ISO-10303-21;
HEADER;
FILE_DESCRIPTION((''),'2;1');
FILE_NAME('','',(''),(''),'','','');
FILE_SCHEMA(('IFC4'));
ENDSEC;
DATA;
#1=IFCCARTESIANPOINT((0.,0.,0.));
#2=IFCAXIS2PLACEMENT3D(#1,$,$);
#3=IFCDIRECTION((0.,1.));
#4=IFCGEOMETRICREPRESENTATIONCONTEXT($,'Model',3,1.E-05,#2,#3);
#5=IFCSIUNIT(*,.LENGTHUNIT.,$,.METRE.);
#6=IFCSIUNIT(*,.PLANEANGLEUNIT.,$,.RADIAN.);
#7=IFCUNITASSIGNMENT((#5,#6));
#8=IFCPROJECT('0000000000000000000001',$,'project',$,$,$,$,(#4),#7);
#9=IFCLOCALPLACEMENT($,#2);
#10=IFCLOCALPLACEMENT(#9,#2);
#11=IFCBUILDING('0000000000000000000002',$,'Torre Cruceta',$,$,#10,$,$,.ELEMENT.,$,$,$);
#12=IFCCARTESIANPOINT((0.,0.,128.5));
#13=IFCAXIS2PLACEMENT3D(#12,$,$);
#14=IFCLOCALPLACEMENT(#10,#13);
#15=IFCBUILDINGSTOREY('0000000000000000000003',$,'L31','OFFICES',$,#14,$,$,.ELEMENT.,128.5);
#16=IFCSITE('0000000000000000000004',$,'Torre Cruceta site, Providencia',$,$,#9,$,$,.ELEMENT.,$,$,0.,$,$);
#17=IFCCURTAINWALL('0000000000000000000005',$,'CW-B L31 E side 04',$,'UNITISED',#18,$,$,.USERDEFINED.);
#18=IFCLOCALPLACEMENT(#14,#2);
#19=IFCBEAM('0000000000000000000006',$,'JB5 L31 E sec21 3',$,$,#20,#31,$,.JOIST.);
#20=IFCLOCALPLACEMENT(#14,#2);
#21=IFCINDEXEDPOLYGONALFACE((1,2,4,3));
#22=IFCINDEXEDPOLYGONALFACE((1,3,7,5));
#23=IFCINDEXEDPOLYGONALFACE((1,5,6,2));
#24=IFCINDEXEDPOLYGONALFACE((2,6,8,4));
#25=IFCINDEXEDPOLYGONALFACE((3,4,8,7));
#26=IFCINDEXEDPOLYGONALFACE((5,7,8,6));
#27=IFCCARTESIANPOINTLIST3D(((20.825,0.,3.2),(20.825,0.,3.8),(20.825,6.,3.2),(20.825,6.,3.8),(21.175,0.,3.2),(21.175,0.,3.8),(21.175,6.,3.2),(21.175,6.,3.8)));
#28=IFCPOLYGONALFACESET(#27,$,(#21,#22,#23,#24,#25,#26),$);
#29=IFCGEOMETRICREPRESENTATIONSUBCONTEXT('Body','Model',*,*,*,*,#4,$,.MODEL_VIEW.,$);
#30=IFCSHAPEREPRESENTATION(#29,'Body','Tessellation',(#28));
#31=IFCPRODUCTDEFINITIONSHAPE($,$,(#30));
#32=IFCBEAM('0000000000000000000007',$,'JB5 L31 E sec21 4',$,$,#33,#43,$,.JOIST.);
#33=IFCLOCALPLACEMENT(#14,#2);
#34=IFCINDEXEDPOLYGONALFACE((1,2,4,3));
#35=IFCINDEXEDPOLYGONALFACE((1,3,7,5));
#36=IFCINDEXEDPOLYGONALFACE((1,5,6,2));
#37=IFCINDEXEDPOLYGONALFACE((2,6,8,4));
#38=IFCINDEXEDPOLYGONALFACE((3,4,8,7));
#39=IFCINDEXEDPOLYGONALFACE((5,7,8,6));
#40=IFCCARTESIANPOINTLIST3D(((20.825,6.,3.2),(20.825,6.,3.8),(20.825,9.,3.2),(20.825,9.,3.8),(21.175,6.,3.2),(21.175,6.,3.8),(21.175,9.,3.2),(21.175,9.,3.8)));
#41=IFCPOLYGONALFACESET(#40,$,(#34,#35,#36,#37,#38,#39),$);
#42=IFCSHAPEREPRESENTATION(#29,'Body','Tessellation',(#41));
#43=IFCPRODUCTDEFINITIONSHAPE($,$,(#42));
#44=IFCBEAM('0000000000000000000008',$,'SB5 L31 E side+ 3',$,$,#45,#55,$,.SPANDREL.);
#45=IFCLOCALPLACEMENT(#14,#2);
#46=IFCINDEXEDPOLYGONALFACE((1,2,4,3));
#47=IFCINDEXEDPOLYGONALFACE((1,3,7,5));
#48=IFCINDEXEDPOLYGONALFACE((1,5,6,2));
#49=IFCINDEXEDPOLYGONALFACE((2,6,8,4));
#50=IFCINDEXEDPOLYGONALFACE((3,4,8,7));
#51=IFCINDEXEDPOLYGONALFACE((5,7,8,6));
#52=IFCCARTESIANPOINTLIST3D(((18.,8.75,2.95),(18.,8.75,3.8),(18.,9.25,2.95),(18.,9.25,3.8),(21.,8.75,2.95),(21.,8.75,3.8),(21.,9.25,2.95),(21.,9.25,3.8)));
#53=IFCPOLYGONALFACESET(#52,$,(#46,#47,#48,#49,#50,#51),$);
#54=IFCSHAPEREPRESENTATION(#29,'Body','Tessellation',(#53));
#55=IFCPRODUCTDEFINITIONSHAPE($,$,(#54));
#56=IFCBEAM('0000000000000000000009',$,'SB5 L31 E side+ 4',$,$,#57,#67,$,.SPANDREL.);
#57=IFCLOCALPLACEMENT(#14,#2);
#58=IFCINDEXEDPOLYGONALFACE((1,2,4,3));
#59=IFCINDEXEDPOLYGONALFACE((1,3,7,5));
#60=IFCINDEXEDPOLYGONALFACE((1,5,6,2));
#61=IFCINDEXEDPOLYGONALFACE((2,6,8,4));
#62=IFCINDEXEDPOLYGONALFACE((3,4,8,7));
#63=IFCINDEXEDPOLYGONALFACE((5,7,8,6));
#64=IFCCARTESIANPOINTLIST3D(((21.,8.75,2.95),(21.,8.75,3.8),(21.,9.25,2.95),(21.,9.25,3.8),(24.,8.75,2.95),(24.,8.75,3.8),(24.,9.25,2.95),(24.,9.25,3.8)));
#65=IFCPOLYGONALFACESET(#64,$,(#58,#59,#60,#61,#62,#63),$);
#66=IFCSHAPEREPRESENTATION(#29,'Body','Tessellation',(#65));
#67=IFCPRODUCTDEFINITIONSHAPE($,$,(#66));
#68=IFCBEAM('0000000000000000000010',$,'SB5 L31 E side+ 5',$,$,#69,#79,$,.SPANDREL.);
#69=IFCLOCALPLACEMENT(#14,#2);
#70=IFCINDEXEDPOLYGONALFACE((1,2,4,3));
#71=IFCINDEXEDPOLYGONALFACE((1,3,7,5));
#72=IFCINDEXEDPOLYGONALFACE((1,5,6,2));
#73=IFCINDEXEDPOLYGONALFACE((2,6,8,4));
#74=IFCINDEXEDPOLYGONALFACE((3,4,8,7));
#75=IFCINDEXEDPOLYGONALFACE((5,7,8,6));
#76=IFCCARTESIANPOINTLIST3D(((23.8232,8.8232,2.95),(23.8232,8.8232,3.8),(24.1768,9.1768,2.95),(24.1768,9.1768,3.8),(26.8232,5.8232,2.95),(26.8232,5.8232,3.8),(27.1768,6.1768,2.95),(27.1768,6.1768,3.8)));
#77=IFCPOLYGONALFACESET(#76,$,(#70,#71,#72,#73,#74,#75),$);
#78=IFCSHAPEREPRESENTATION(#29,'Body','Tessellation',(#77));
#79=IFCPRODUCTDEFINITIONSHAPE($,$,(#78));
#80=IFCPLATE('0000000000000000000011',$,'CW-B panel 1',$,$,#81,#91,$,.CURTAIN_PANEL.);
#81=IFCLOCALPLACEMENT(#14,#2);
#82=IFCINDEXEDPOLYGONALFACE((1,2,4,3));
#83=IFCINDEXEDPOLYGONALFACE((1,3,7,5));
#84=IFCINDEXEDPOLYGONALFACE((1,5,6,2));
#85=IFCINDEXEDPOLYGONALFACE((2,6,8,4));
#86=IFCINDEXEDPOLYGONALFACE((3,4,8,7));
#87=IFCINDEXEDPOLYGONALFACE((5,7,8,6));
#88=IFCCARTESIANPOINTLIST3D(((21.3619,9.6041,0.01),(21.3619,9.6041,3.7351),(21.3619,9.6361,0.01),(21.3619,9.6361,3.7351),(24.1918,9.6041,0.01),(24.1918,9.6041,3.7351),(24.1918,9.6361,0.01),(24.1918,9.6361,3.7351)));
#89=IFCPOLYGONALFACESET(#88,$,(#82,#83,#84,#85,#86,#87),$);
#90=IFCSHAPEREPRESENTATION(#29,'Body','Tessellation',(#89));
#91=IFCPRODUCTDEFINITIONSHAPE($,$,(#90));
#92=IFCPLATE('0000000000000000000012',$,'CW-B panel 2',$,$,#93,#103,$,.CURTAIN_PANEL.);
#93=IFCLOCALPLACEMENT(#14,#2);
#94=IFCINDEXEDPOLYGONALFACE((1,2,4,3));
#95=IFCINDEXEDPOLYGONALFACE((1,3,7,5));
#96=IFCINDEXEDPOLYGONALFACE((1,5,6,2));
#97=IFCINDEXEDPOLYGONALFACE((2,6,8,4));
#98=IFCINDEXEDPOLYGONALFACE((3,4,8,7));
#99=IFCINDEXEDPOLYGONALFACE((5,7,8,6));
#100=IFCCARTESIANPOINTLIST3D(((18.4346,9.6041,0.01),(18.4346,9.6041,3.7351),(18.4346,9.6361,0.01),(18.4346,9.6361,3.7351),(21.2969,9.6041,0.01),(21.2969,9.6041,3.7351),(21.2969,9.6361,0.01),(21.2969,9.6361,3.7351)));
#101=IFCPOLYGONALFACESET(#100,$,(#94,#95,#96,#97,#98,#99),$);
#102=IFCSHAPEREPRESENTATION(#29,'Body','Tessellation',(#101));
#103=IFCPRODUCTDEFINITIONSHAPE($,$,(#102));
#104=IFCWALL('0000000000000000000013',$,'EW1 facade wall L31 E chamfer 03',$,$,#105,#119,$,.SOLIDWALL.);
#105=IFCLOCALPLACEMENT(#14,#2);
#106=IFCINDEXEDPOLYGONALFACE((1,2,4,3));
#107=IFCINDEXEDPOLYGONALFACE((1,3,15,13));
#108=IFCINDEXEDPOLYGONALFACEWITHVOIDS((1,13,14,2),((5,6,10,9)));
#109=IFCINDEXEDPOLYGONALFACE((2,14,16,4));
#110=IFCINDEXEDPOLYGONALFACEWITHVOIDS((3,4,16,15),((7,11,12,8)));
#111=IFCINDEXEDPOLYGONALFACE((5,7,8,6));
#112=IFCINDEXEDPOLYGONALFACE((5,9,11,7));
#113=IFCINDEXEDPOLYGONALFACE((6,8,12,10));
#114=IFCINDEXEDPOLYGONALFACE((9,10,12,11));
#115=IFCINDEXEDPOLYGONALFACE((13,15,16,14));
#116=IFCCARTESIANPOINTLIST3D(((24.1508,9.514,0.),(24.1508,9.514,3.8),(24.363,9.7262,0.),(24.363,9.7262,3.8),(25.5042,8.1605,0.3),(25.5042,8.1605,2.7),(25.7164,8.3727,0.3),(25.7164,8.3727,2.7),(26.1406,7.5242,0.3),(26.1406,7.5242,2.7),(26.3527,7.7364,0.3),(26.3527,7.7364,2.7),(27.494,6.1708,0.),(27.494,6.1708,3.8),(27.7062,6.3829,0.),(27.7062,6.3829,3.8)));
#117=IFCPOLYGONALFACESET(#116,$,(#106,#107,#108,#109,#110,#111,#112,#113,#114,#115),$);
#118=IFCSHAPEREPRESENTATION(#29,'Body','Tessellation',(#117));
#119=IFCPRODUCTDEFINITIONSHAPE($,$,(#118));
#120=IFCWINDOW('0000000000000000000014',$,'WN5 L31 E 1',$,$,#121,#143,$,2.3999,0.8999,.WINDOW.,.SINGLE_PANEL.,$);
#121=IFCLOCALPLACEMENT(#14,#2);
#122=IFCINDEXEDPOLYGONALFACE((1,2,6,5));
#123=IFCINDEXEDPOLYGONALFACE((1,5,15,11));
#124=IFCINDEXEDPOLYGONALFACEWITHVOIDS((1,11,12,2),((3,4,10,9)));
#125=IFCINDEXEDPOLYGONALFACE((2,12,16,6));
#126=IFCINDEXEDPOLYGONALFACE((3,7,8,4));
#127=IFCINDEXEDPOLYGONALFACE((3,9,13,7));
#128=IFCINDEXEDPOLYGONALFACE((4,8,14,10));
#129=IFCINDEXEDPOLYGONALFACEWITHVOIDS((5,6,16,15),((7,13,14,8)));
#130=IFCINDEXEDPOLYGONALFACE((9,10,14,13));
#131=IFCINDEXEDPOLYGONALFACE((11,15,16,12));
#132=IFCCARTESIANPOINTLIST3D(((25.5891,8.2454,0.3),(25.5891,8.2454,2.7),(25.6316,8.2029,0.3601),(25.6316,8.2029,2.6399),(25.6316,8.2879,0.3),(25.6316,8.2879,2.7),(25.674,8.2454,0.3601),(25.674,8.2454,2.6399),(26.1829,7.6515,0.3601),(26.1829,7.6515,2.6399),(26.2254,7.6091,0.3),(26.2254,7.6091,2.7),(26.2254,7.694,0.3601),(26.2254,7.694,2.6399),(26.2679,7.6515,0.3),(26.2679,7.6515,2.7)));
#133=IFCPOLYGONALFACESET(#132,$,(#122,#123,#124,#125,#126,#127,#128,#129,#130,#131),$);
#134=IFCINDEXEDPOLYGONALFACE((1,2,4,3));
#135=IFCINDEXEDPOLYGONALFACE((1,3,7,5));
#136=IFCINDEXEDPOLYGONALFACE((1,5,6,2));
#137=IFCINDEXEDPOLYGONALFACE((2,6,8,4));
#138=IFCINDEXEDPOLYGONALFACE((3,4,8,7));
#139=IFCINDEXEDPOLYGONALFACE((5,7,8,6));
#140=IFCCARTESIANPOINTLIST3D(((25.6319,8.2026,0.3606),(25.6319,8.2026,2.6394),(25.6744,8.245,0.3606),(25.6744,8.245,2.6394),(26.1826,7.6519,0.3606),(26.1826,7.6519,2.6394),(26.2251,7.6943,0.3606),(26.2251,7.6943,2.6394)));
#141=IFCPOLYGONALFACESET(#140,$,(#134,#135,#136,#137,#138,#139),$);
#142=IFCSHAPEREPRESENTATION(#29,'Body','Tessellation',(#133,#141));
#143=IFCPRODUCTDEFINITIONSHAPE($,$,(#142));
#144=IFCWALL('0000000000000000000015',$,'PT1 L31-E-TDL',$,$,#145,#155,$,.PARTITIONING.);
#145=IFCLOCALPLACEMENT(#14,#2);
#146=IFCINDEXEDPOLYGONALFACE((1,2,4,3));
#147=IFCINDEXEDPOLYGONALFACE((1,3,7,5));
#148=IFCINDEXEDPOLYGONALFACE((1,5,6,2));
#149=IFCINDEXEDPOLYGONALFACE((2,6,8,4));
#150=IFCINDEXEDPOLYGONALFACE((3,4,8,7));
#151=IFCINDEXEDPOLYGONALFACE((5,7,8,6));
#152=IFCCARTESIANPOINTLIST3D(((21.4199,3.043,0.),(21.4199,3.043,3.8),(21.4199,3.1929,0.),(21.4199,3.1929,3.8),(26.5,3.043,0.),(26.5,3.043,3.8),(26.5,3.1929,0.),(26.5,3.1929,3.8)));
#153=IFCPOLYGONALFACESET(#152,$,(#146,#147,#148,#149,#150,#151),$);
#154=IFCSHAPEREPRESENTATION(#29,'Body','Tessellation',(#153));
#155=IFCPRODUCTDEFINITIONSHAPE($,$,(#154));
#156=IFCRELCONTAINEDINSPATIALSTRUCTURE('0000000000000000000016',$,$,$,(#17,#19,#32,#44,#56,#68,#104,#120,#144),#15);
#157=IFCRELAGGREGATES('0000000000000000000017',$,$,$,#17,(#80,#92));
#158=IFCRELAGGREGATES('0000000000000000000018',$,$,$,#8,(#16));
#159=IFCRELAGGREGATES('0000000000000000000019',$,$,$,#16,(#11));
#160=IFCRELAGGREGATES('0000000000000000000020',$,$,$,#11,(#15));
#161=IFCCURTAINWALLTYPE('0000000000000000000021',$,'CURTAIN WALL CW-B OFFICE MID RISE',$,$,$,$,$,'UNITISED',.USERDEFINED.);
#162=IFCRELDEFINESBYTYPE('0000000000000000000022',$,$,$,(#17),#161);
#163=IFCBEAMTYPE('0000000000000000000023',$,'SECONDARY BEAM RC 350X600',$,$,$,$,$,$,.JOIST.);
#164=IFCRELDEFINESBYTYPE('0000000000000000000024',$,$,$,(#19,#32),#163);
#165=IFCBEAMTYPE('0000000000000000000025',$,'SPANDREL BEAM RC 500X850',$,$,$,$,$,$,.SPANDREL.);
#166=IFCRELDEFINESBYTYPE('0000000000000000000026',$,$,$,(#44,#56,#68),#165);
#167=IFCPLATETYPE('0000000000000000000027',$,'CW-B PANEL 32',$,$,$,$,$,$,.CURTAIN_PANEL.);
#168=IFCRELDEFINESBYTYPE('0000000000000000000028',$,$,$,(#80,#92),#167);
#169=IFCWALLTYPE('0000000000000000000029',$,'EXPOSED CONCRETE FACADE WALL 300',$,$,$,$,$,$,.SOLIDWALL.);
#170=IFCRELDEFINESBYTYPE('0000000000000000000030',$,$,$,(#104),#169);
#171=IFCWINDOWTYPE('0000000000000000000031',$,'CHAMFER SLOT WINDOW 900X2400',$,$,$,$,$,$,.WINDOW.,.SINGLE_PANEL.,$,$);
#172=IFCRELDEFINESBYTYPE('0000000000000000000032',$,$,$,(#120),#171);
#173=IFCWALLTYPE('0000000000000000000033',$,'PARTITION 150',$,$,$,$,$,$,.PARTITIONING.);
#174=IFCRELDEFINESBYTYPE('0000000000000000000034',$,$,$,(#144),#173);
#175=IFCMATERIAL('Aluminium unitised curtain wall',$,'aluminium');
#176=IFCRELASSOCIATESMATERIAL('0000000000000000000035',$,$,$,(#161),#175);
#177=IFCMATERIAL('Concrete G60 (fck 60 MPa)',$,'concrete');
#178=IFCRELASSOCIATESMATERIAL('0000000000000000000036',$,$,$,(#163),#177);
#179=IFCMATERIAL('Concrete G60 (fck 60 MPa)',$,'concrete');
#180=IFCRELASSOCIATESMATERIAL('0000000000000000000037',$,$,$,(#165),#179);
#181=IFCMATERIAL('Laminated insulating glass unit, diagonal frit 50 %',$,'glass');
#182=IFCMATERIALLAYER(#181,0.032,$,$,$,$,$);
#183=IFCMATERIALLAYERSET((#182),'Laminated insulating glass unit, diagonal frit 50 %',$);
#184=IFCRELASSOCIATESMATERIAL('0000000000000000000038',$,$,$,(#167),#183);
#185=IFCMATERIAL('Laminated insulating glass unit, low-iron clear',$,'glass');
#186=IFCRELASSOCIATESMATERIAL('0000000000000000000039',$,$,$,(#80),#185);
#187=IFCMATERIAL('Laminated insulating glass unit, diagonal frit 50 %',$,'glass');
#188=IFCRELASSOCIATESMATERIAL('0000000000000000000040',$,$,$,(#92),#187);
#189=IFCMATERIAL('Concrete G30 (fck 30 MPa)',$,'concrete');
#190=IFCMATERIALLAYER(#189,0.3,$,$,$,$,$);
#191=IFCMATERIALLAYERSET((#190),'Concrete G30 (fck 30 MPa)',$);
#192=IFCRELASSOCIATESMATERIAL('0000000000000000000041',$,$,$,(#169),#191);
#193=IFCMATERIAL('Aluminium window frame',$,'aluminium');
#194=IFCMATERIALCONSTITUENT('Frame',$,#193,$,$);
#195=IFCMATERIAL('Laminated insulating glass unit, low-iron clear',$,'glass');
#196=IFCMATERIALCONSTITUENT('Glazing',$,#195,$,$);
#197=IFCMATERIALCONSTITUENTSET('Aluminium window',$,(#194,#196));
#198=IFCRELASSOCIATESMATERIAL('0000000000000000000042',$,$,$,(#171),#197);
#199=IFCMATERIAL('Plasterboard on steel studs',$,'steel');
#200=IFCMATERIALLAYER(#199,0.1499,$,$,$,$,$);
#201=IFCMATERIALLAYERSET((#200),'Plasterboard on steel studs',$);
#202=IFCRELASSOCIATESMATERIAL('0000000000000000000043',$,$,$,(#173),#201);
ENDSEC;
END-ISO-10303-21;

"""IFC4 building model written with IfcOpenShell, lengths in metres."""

from ifc_helpers import new_model, si_unit, direction, frame, frame_2d, origin, origin_2d, place, context, subcontext, project, spatial, rectangle, hollow_rectangle, extrude, material, layer, layer_set, constituent, constituent_set, material_profile, profile_set, type_object, element, fill, aggregate, save


model = new_model("IFC4")

# Units and contexts
model_context = context("Model", 3, precision=1e-05, world=origin(), true_north=direction((0.0, 1.0)))
body_context = subcontext(model_context, "Body", "Model", "MODEL_VIEW")
ifc_project = project(units=[si_unit("LENGTHUNIT", "METRE"), si_unit("PLANEANGLEUNIT", "RADIAN")], contexts=[model_context])

# Site, building, storey
site_placement = place(None, origin())
site = spatial("IfcSite", under=ifc_project, at=site_placement, Name="Torre Cruceta site, Providencia", CompositionType="ELEMENT", RefElevation=0.0)
building_placement = place(site_placement, origin())
building = spatial("IfcBuilding", under=site, at=building_placement, Name="Torre Cruceta", CompositionType="ELEMENT")
storey_placement = place(building_placement, frame((0.0, 0.0, 128.5)))
storey = spatial("IfcBuildingStorey", under=building, at=storey_placement, Name="L31", Description="OFFICES", CompositionType="ELEMENT", Elevation=128.5)

# Curtain wall
ifc_material_1 = material(Name="Aluminium unitised curtain wall", Category="aluminium")
curtain_wall_type = type_object("IfcCurtainWallType", Name="CURTAIN WALL CW-B OFFICE MID RISE", ElementType="UNITISED", PredefinedType="USERDEFINED", material=ifc_material_1)
curtain_wall_placement = place(storey_placement, origin())
curtain_wall = element("IfcCurtainWall", 1, at=curtain_wall_placement, inside=storey, type_object=curtain_wall_type, Name="CW-B L31 E side 04", ObjectType="UNITISED", PredefinedType="USERDEFINED")

# Beams
ifc_material_2 = material(Name="Concrete G60 (fck 60 MPa)", Category="concrete")
ifc_material_profile_1 = material_profile(ifc_material_2, rectangle(XDim=0.3501, YDim=0.6001, at=origin_2d()), Name="RC 350X600")
ifc_profile_set_1 = profile_set([ifc_material_profile_1], Name="Concrete G60 (fck 60 MPa)")
beam_type_1 = type_object("IfcBeamType", Name="SECONDARY BEAM RC 350X600", PredefinedType="JOIST", material=ifc_profile_set_1)
beam_1_placement = place(storey_placement, frame((21.0, 0.0, 3.5), z_axis=(0.0, 1.0, 0.0), x_axis=(-1.0, 0.0, 0.0)))
element("IfcBeam", 2, at=beam_1_placement, inside=storey, type_object=beam_type_1, Name="JB5 L31 E sec21 3", PredefinedType="JOIST", context=body_context, shape_type="SweptSolid", body=[
    extrude(rectangle(XDim=0.3501, YDim=0.6001, at=origin_2d()), origin(), (0.0, 0.0, 1.0), 6.0),
])
beam_2_placement = place(storey_placement, frame((21.0, 6.0, 3.5), z_axis=(0.0, 1.0, 0.0), x_axis=(-1.0, 0.0, 0.0)))
element("IfcBeam", 3, at=beam_2_placement, inside=storey, type_object=beam_type_1, Name="JB5 L31 E sec21 4", PredefinedType="JOIST", context=body_context, shape_type="SweptSolid", body=[
    extrude(rectangle(XDim=0.3501, YDim=0.6001, at=origin_2d()), origin(), (0.0, 0.0, 1.0), 3.0),
])
ifc_material_3 = material(Name="Concrete G60 (fck 60 MPa)", Category="concrete")
ifc_material_profile_2 = material_profile(ifc_material_3, rectangle(XDim=0.5, YDim=0.8501, at=origin_2d()), Name="RC 500X850")
ifc_profile_set_2 = profile_set([ifc_material_profile_2], Name="Concrete G60 (fck 60 MPa)")
beam_type_2 = type_object("IfcBeamType", Name="SPANDREL BEAM RC 500X850", PredefinedType="SPANDREL", material=ifc_profile_set_2)
for number, where, z_axis, x_axis, name in (
    (4, (18.0, 9.0, 3.375), (1.0, 0.0, 0.0), (0.0, 1.0, 0.0), "SB5 L31 E side+ 3"),
    (5, (21.0, 9.0, 3.375), (1.0, 0.0, 0.0), (0.0, 1.0, 0.0), "SB5 L31 E side+ 4"),
):
    element("IfcBeam", number, at=place(storey_placement, frame(where, z_axis=z_axis, x_axis=x_axis)), inside=storey, type_object=beam_type_2, Name=name, PredefinedType="SPANDREL", context=body_context, shape_type="SweptSolid", body=[
        extrude(rectangle(XDim=0.5, YDim=0.8501, at=origin_2d()), origin(), (0.0, 0.0, 1.0), 3.0),
    ])
beam_3_placement = place(storey_placement, frame((24.0, 9.0, 3.375), z_axis=(0.707107, -0.707107, 0.0), x_axis=(0.707107, 0.707107, 0.0)))
element("IfcBeam", 6, at=beam_3_placement, inside=storey, type_object=beam_type_2, Name="SB5 L31 E side+ 5", PredefinedType="SPANDREL", context=body_context, shape_type="SweptSolid", body=[
    extrude(rectangle(XDim=0.5, YDim=0.8501, at=origin_2d()), origin(), (0.0, 0.0, 1.0), 4.2427),
])

# Plates
ifc_material_4 = material(Name="Laminated insulating glass unit, low-iron clear", Category="glass")
ifc_material_5 = material(Name="Laminated insulating glass unit, diagonal frit 50 %", Category="glass")
ifc_layer_1 = layer(ifc_material_5, 0.032)
ifc_layer_set_1 = layer_set([ifc_layer_1], Name="Laminated insulating glass unit, diagonal frit 50 %")
plate_type = type_object("IfcPlateType", Name="CW-B PANEL 32", PredefinedType="CURTAIN_PANEL", material=ifc_layer_set_1)
plate_1_placement = place(storey_placement, frame((22.7769, 9.6201, 0.01), z_axis=(0.0, 0.0, 1.0), x_axis=(-1.0, 0.0, 0.0)))
plate_1 = element("IfcPlate", 7, at=plate_1_placement, type_object=plate_type, material=ifc_material_4, Name="CW-B panel 1", PredefinedType="CURTAIN_PANEL", context=body_context, shape_type="SweptSolid", body=[
    extrude(rectangle(XDim=2.8298, YDim=0.032, at=origin_2d()), origin(), (0.0, 0.0, 1.0), 3.7251),
])
ifc_material_6 = material(Name="Laminated insulating glass unit, diagonal frit 50 %", Category="glass")
plate_2_placement = place(storey_placement, frame((19.8657, 9.6201, 0.01), z_axis=(0.0, 0.0, 1.0), x_axis=(-1.0, 0.0, 0.0)))
plate_2 = element("IfcPlate", 8, at=plate_2_placement, type_object=plate_type, material=ifc_material_6, Name="CW-B panel 2", PredefinedType="CURTAIN_PANEL", context=body_context, shape_type="SweptSolid", body=[
    extrude(rectangle(XDim=2.8623, YDim=0.032, at=origin_2d()), origin(), (0.0, 0.0, 1.0), 3.7251),
])
aggregate(curtain_wall, [plate_1, plate_2])

# Wall, opening, window
ifc_material_7 = material(Name="Concrete G30 (fck 30 MPa)", Category="concrete")
ifc_layer_2 = layer(ifc_material_7, 0.3)
ifc_layer_set_2 = layer_set([ifc_layer_2], Name="Concrete G30 (fck 30 MPa)")
wall_type_1 = type_object("IfcWallType", Name="EXPOSED CONCRETE FACADE WALL 300", PredefinedType="SOLIDWALL", material=ifc_layer_set_2)
wall_1_placement = place(storey_placement, frame((27.6001, 6.2769, 0.0), z_axis=(0.0, 0.0, 1.0), x_axis=(-0.707107, 0.707107, 0.0)))
wall_1 = element("IfcWall", 9, at=wall_1_placement, inside=storey, type_object=wall_type_1, Name="EW1 facade wall L31 E chamfer 03", PredefinedType="SOLIDWALL", context=body_context, shape_type="SweptSolid", body=[
    extrude(rectangle(XDim=4.728, YDim=0.3, at=frame_2d((2.364, 0.0))), origin(), (0.0, 0.0, 1.0), 3.8),
])
opening_1_placement = place(wall_1_placement, frame((1.9141, 0.0, 0.3)))
opening_1 = element("IfcOpeningElement", 10, at=opening_1_placement, cuts=wall_1, PredefinedType="OPENING", context=body_context, shape_type="SweptSolid", body=[
    extrude(rectangle(XDim=0.8999, YDim=2.3999, at=frame_2d((0.45, 1.2))), frame((0.0, 0.1599, 0.0), z_axis=(0.0, -1.0, 0.0), x_axis=(1.0, 0.0, 0.0)), (0.0, 0.0, 1.0), 0.3201),
])
ifc_material_8 = material(Name="Aluminium window frame", Category="aluminium")
ifc_constituent_1 = constituent(ifc_material_8, Name="Frame")
ifc_material_9 = material(Name="Laminated insulating glass unit, low-iron clear", Category="glass")
ifc_constituent_2 = constituent(ifc_material_9, Name="Glazing")
ifc_constituent_set_1 = constituent_set(constituents=[ifc_constituent_1, ifc_constituent_2], Name="Aluminium window")
window_type = type_object("IfcWindowType", Name="CHAMFER SLOT WINDOW 900X2400", PartitioningType="SINGLE_PANEL", PredefinedType="WINDOW", material=ifc_constituent_set_1)
window_placement = place(opening_1_placement, origin())
window = element("IfcWindow", 11, at=window_placement, inside=storey, type_object=window_type, Name="WN5 L31 E 1", OverallHeight=2.3999, OverallWidth=0.8999, PartitioningType="SINGLE_PANEL", PredefinedType="WINDOW", context=body_context, shape_type="SweptSolid", body=[
    extrude(hollow_rectangle(XDim=0.8999, YDim=2.3999, WallThickness=0.0601, at=frame_2d((0.45, 1.2))), frame((0.0, 0.03, 0.0), z_axis=(0.0, -1.0, 0.0), x_axis=(1.0, 0.0, 0.0)), (0.0, 0.0, 1.0), 0.0601),
    extrude(rectangle(XDim=0.7788, YDim=2.2788, at=frame_2d((0.45, 1.2))), frame((0.0, 0.03, 0.0), z_axis=(0.0, -1.0, 0.0), x_axis=(1.0, 0.0, 0.0)), (0.0, 0.0, 1.0), 0.0601),
])
fill(opening_1, window)

# Wall
ifc_material_10 = material(Name="Plasterboard on steel studs", Category="steel")
ifc_layer_3 = layer(ifc_material_10, 0.1499)
ifc_layer_set_3 = layer_set([ifc_layer_3], Name="Plasterboard on steel studs")
wall_type_2 = type_object("IfcWallType", Name="PARTITION 150", PredefinedType="PARTITIONING", material=ifc_layer_set_3)
wall_2_placement = place(storey_placement, frame((21.4199, 3.1179, 0.0), z_axis=(0.0, 0.0, 1.0), x_axis=(1.0, 0.0, 0.0)))
element("IfcWall", 12, at=wall_2_placement, inside=storey, type_object=wall_type_2, Name="PT1 L31-E-TDL", PredefinedType="PARTITIONING", context=body_context, shape_type="SweptSolid", body=[
    extrude(rectangle(XDim=5.0801, YDim=0.1499, at=frame_2d((2.54, 0.0))), origin(), (0.0, 0.0, 1.0), 3.8),
])

save(model, "model.ifc")
